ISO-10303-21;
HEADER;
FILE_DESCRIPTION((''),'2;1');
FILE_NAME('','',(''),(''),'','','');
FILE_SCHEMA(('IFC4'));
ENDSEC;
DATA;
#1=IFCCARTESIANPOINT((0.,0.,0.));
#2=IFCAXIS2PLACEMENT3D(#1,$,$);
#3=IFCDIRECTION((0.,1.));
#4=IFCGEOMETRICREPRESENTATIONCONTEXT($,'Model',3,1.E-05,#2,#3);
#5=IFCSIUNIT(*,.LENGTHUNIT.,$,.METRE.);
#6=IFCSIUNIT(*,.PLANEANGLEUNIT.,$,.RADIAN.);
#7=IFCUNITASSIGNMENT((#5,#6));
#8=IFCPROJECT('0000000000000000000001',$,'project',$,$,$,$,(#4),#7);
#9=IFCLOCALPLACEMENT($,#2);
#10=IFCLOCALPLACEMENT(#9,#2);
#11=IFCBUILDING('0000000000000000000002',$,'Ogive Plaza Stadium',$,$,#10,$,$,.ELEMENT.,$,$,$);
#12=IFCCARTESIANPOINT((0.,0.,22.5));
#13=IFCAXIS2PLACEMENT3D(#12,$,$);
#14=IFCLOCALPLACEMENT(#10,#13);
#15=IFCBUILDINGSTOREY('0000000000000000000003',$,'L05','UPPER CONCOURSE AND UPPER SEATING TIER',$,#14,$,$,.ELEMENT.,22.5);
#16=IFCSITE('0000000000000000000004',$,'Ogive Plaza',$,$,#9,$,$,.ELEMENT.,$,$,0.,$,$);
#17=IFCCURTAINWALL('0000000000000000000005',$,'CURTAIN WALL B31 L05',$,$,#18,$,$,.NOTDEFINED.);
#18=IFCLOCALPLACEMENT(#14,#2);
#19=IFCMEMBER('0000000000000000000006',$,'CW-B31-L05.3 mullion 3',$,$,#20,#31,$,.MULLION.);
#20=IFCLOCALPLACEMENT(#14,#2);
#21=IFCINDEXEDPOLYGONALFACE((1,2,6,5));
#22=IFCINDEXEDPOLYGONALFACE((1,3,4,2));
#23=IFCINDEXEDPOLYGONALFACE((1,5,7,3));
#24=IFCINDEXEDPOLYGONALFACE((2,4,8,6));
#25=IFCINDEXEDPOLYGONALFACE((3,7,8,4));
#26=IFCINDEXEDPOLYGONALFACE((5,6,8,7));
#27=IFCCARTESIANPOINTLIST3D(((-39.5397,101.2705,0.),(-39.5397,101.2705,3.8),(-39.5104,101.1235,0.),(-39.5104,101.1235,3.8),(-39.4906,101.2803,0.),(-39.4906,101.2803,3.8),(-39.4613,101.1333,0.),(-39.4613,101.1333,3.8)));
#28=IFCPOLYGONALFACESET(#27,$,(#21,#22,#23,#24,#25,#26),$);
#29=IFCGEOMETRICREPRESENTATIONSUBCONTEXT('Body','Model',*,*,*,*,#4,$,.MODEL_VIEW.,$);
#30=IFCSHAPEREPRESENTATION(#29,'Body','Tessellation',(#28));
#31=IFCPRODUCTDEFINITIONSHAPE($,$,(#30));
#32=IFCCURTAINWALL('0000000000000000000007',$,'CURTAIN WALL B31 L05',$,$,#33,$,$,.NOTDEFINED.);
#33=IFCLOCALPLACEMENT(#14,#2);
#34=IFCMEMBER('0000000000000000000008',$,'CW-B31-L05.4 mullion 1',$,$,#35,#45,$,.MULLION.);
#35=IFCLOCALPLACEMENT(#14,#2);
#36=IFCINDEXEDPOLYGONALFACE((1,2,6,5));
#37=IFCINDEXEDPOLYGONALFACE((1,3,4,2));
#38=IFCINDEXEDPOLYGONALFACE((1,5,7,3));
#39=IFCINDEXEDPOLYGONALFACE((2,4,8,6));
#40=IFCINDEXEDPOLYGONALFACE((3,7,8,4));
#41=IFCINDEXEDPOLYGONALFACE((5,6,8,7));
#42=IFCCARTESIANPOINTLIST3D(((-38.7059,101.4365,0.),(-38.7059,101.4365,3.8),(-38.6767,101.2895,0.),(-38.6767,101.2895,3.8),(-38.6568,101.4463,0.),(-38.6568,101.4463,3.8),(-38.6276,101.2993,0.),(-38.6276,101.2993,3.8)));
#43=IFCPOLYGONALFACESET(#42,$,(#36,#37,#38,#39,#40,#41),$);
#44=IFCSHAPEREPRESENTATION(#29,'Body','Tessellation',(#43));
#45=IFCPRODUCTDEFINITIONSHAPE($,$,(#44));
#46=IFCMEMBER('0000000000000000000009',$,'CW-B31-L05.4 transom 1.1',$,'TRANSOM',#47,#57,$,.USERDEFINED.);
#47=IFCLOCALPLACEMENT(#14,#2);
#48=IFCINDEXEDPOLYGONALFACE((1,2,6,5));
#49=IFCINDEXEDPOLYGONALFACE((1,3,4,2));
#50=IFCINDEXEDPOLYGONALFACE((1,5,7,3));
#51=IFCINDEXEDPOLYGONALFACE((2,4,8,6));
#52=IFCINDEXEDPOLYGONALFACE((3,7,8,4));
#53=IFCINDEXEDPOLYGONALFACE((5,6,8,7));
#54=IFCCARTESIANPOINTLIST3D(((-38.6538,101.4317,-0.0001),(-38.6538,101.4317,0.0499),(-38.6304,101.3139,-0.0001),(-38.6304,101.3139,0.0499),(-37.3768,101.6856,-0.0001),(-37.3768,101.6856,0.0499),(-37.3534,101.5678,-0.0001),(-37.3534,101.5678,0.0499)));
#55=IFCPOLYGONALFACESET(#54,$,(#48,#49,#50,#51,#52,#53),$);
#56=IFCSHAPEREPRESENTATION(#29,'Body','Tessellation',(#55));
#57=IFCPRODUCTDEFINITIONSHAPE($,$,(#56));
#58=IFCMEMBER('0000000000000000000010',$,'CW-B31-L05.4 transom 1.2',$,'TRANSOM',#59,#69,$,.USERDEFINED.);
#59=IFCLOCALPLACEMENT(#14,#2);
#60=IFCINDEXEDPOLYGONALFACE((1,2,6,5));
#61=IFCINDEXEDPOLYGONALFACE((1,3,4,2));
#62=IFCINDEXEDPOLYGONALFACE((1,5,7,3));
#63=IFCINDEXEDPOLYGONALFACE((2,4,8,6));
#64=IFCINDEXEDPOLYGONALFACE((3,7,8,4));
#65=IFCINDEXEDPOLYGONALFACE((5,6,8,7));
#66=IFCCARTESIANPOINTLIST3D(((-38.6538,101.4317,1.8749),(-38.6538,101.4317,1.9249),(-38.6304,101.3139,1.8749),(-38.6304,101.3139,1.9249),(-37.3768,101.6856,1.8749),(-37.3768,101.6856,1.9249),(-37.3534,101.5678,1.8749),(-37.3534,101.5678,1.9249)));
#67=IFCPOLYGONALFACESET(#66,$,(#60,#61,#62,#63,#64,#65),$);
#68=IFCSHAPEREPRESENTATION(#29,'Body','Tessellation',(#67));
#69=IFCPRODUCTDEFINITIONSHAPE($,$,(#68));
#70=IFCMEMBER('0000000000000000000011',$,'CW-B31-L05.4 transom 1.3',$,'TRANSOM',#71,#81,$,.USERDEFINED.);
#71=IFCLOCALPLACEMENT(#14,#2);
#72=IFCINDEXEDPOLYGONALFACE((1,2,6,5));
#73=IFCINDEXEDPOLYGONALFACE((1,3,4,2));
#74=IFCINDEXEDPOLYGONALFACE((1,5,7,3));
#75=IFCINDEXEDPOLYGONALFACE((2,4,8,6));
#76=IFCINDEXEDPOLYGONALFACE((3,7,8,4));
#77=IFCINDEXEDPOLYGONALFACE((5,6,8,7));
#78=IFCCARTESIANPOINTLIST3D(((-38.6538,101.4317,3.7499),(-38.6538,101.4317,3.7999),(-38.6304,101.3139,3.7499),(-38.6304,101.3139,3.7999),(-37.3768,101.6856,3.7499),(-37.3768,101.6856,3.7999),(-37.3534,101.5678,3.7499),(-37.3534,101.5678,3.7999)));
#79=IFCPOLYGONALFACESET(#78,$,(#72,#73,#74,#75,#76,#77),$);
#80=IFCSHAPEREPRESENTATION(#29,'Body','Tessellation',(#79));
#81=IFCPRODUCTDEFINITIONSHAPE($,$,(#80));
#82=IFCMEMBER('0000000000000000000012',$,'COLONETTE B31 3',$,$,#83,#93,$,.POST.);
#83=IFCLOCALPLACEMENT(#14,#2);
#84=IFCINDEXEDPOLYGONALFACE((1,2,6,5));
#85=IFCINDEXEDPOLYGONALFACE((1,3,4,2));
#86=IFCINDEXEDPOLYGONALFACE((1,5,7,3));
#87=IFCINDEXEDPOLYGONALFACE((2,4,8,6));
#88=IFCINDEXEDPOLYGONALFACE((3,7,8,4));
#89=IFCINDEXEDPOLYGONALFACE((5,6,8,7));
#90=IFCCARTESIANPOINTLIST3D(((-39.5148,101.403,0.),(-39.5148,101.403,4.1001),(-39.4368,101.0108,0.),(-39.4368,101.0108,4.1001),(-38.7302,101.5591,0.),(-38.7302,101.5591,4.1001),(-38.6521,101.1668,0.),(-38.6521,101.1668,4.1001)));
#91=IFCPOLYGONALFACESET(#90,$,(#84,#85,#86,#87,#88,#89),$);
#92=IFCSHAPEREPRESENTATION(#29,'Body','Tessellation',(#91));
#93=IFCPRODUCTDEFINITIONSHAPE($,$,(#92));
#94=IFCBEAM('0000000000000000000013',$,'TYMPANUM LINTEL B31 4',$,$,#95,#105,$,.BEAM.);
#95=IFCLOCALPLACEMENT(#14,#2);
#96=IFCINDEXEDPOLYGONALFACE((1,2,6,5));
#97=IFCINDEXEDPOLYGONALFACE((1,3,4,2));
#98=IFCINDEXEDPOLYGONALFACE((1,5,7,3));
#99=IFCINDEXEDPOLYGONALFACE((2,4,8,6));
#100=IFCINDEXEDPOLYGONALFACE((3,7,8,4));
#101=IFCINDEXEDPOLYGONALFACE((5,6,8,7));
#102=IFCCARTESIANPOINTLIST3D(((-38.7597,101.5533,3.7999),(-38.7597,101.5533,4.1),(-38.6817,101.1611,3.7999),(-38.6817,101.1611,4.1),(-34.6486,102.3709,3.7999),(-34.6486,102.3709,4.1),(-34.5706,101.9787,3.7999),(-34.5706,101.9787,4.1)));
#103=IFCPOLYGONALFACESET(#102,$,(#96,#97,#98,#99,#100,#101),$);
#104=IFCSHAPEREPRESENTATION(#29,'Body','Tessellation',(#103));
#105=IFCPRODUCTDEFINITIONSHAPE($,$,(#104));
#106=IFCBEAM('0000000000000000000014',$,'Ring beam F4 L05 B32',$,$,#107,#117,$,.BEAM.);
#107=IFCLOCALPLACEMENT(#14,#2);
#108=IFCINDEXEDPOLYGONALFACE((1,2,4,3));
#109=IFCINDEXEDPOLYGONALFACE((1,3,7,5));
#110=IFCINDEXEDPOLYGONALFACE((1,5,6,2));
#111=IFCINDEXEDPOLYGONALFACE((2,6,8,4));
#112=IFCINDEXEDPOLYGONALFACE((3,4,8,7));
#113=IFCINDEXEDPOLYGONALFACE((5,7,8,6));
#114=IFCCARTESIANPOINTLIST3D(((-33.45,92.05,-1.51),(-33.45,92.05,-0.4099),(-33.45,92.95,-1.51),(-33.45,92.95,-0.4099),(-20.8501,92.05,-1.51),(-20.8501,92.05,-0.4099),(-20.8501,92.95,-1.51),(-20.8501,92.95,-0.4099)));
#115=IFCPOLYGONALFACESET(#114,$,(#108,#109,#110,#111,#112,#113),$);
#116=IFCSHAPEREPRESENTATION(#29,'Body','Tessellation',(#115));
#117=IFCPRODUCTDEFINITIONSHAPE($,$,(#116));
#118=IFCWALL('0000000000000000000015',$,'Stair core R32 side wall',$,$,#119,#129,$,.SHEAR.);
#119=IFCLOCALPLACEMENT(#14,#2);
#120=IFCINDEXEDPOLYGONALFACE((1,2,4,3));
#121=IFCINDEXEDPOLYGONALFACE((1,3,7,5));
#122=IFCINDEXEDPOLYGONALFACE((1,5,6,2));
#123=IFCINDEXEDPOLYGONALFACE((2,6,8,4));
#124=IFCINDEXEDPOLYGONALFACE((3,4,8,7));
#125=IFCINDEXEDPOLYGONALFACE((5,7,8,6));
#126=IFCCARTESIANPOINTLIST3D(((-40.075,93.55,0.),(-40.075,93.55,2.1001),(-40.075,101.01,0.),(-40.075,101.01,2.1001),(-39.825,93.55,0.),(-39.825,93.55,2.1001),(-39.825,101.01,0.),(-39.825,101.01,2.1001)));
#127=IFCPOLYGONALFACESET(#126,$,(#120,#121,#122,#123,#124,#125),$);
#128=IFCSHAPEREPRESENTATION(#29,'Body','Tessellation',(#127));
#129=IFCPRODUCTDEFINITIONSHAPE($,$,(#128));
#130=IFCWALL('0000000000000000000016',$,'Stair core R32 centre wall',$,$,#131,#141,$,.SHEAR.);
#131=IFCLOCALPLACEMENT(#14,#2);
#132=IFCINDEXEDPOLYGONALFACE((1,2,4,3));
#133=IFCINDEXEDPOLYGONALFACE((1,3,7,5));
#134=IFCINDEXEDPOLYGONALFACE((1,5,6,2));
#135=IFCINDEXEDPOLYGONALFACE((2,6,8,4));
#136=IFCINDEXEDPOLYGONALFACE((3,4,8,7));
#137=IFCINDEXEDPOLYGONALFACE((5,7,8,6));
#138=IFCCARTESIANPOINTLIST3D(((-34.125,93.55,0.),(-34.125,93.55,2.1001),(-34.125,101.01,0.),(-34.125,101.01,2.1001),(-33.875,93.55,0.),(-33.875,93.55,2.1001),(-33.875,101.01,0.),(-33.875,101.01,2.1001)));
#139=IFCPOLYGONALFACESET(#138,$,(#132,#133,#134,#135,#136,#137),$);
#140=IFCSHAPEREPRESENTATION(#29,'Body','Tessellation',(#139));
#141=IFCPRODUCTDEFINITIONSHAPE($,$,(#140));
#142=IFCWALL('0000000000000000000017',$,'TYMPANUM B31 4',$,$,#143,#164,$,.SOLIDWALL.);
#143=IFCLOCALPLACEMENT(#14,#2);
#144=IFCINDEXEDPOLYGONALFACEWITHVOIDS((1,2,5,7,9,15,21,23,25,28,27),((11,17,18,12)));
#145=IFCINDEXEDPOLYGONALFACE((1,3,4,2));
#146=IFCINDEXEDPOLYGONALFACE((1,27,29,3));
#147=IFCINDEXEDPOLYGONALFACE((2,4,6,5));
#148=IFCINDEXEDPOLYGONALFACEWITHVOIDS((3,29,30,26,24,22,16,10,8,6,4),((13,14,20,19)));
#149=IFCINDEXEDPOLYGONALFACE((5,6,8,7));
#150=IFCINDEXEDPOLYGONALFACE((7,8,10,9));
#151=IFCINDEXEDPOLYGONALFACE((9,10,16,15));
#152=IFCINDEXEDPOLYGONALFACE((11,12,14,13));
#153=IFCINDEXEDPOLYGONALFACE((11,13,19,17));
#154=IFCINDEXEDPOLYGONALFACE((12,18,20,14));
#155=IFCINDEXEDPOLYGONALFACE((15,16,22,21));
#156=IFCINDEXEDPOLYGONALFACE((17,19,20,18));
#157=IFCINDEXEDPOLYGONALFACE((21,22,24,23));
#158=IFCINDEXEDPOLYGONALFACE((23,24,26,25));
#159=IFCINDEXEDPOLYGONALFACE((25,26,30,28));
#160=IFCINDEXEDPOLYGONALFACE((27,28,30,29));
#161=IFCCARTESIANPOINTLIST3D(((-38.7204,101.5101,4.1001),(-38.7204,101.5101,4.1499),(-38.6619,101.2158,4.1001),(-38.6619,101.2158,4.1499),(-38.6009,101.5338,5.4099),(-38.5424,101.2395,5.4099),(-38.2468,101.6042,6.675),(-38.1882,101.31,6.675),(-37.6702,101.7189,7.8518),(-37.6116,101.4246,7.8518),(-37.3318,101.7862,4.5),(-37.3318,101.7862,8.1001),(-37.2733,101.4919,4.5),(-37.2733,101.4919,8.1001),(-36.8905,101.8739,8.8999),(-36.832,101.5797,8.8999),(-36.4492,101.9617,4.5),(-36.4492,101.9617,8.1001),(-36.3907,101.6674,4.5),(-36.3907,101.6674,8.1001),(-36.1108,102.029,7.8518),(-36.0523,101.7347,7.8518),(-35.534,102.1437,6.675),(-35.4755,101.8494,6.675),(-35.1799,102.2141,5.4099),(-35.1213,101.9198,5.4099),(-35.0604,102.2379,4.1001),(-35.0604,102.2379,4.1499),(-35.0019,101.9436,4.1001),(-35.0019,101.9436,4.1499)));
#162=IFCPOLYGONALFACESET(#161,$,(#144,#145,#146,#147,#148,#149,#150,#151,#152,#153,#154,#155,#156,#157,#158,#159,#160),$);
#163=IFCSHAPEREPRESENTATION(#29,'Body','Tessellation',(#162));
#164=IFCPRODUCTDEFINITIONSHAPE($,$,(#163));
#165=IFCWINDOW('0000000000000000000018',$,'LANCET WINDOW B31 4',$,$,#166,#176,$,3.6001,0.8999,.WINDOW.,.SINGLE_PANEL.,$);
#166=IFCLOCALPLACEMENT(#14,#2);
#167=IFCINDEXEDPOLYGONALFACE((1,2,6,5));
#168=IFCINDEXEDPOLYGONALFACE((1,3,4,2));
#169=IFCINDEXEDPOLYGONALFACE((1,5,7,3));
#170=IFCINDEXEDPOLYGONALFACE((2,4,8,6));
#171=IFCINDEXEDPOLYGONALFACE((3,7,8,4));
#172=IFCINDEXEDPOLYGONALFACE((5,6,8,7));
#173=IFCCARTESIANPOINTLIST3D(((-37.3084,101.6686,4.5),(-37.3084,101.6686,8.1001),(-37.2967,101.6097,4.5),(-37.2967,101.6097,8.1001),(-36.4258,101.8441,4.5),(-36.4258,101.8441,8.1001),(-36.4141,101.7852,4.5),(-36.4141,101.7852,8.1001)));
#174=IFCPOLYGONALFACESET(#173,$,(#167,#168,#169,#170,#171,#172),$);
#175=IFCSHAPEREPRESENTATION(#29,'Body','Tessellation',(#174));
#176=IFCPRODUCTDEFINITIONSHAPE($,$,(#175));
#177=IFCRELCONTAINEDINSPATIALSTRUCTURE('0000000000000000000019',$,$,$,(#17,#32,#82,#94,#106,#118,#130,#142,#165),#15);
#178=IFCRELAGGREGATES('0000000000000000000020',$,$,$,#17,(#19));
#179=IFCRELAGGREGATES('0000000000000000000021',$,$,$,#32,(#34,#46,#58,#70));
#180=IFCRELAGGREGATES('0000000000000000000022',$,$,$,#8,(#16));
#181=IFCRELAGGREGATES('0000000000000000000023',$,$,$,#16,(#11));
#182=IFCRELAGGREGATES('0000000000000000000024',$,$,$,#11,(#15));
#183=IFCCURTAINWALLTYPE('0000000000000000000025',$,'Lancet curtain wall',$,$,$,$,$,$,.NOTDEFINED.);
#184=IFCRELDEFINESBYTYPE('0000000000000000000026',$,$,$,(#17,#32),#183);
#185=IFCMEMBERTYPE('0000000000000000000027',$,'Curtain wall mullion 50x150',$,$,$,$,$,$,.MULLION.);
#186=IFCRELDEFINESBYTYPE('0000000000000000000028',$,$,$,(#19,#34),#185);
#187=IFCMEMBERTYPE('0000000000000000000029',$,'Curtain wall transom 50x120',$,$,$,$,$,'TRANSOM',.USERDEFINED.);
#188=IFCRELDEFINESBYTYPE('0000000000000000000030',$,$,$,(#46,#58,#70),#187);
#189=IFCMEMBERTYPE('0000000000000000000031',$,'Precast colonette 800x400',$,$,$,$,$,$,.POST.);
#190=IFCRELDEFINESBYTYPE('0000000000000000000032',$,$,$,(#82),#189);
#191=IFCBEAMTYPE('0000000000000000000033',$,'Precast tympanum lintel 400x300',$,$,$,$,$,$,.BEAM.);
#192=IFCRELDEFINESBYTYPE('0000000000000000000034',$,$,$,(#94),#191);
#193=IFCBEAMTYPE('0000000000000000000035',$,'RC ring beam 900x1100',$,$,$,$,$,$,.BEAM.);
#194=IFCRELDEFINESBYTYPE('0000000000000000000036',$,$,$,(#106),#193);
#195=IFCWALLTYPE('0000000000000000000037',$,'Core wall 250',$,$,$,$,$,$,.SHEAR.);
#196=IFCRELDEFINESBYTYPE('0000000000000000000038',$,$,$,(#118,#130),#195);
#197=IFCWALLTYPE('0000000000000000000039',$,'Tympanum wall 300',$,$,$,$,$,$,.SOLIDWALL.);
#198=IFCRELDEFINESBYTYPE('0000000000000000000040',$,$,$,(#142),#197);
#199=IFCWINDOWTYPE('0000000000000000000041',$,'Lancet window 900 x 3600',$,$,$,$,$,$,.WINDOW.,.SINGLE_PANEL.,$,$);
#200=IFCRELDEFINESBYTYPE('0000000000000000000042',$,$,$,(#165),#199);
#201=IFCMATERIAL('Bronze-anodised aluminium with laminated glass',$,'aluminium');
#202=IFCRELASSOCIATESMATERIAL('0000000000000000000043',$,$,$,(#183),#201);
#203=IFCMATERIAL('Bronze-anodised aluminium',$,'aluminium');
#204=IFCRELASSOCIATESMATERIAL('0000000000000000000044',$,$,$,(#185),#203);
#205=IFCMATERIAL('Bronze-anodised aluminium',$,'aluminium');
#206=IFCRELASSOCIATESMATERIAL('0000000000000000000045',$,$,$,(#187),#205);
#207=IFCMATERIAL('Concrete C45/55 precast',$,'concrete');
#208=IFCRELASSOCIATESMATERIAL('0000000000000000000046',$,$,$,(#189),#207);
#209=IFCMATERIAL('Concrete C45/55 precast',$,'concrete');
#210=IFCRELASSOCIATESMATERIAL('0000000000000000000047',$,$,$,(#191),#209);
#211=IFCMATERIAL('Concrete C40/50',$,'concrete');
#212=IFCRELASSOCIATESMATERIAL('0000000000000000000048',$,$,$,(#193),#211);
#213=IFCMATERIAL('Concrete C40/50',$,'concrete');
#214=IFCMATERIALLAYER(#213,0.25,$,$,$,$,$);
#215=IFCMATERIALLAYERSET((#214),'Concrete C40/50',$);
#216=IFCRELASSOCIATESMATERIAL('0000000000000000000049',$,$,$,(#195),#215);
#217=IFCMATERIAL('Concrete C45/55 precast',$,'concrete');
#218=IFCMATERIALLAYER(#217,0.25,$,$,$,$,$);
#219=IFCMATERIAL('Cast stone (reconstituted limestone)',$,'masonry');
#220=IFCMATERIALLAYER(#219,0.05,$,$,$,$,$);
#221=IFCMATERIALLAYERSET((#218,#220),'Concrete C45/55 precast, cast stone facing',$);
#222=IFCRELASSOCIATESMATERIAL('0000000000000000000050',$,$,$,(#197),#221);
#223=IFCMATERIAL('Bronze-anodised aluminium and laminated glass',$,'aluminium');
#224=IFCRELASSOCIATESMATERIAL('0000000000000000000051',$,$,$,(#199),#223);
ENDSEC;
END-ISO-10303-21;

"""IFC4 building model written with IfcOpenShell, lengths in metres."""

from ifc_helpers import new_model, si_unit, direction, frame, frame_2d, origin, origin_2d, place, context, subcontext, project, spatial, polyline, rectangle, outline, extrude, material, layer, layer_set, material_profile, profile_set, type_object, element, fill, aggregate, save


model = new_model("IFC4")

# Units and contexts
model_context = context("Model", 3, precision=1e-05, world=origin(), true_north=direction((0.0, 1.0)))
body_context = subcontext(model_context, "Body", "Model", "MODEL_VIEW")
ifc_project = project(units=[si_unit("LENGTHUNIT", "METRE"), si_unit("PLANEANGLEUNIT", "RADIAN")], contexts=[model_context])

# Site, building, storey
site_placement = place(None, origin())
site = spatial("IfcSite", under=ifc_project, at=site_placement, Name="Ogive Plaza", CompositionType="ELEMENT", RefElevation=0.0)
building_placement = place(site_placement, origin())
building = spatial("IfcBuilding", under=site, at=building_placement, Name="Ogive Plaza Stadium", CompositionType="ELEMENT")
storey_placement = place(building_placement, frame((0.0, 0.0, 22.5)))
storey = spatial("IfcBuildingStorey", under=building, at=storey_placement, Name="L05", Description="UPPER CONCOURSE AND UPPER SEATING TIER", CompositionType="ELEMENT", Elevation=22.5)

# Curtain wall, member
ifc_material_1 = material(Name="Bronze-anodised aluminium with laminated glass", Category="aluminium")
curtain_wall_type = type_object("IfcCurtainWallType", Name="Lancet curtain wall", PredefinedType="NOTDEFINED", material=ifc_material_1)
curtain_wall_1_placement = place(storey_placement, origin())
curtain_wall_1 = element("IfcCurtainWall", 1, at=curtain_wall_1_placement, inside=storey, type_object=curtain_wall_type, Name="CURTAIN WALL B31 L05", PredefinedType="NOTDEFINED")
ifc_material_2 = material(Name="Bronze-anodised aluminium", Category="aluminium")
ifc_material_profile_1 = material_profile(ifc_material_2, rectangle(XDim=0.1499, YDim=0.05, at=origin_2d()), Name="AL 150x50")
ifc_profile_set_1 = profile_set([ifc_material_profile_1], Name="Bronze-anodised aluminium")
member_type_1 = type_object("IfcMemberType", Name="Curtain wall mullion 50x150", PredefinedType="MULLION", material=ifc_profile_set_1)
member_1_placement = place(storey_placement, frame((-39.5005, 101.2019, 0.0), z_axis=(0.0, 0.0, 1.0), x_axis=(-0.19509, 0.980785, 0.0)))
member_1 = element("IfcMember", 2, at=member_1_placement, type_object=member_type_1, Name="CW-B31-L05.3 mullion 3", PredefinedType="MULLION", context=body_context, shape_type="SweptSolid", body=[
    extrude(rectangle(XDim=0.1499, YDim=0.05, at=origin_2d()), origin(), (0.0, 0.0, 1.0), 3.8),
])
aggregate(curtain_wall_1, [member_1])

# Curtain wall, members
curtain_wall_2_placement = place(storey_placement, origin())
curtain_wall_2 = element("IfcCurtainWall", 3, at=curtain_wall_2_placement, inside=storey, type_object=curtain_wall_type, Name="CURTAIN WALL B31 L05", PredefinedType="NOTDEFINED")
member_2_placement = place(storey_placement, frame((-38.6667, 101.3679, 0.0), z_axis=(0.0, 0.0, 1.0), x_axis=(-0.19509, 0.980785, 0.0)))
member_2 = element("IfcMember", 4, at=member_2_placement, type_object=member_type_1, Name="CW-B31-L05.4 mullion 1", PredefinedType="MULLION", context=body_context, shape_type="SweptSolid", body=[
    extrude(rectangle(XDim=0.1499, YDim=0.05, at=origin_2d()), origin(), (0.0, 0.0, 1.0), 3.8),
])
ifc_material_3 = material(Name="Bronze-anodised aluminium", Category="aluminium")
ifc_material_profile_2 = material_profile(ifc_material_3, rectangle(XDim=0.1201, YDim=0.05, at=origin_2d()), Name="AL 120x50")
ifc_profile_set_2 = profile_set([ifc_material_profile_2], Name="Bronze-anodised aluminium")
member_type_2 = type_object("IfcMemberType", Name="Curtain wall transom 50x120", ElementType="TRANSOM", PredefinedType="USERDEFINED", material=ifc_profile_set_2)
member_3_placement = place(storey_placement, frame((-38.6421, 101.3728, 0.0249), z_axis=(0.980804, 0.194998, 0.0), x_axis=(-0.194998, 0.980804, 0.0)))
member_3 = element("IfcMember", 5, at=member_3_placement, type_object=member_type_2, Name="CW-B31-L05.4 transom 1.1", ObjectType="TRANSOM", PredefinedType="USERDEFINED", context=body_context, shape_type="SweptSolid", body=[
    extrude(rectangle(XDim=0.1201, YDim=0.05, at=origin_2d()), origin(), (0.0, 0.0, 1.0), 1.302),
])
member_4_placement = place(storey_placement, frame((-38.6421, 101.3728, 1.8999), z_axis=(0.980804, 0.194998, 0.0), x_axis=(-0.194998, 0.980804, 0.0)))
member_4 = element("IfcMember", 6, at=member_4_placement, type_object=member_type_2, Name="CW-B31-L05.4 transom 1.2", ObjectType="TRANSOM", PredefinedType="USERDEFINED", context=body_context, shape_type="SweptSolid", body=[
    extrude(rectangle(XDim=0.1201, YDim=0.05, at=origin_2d()), origin(), (0.0, 0.0, 1.0), 1.302),
])
member_5_placement = place(storey_placement, frame((-38.6421, 101.3728, 3.7749), z_axis=(0.980804, 0.194998, 0.0), x_axis=(-0.194998, 0.980804, 0.0)))
member_5 = element("IfcMember", 7, at=member_5_placement, type_object=member_type_2, Name="CW-B31-L05.4 transom 1.3", ObjectType="TRANSOM", PredefinedType="USERDEFINED", context=body_context, shape_type="SweptSolid", body=[
    extrude(rectangle(XDim=0.1201, YDim=0.05, at=origin_2d()), origin(), (0.0, 0.0, 1.0), 1.302),
])
aggregate(curtain_wall_2, [member_2, member_3, member_4, member_5])

# Member
ifc_material_4 = material(Name="Concrete C45/55 precast", Category="concrete")
ifc_material_profile_3 = material_profile(ifc_material_4, rectangle(XDim=0.3999, YDim=0.8, at=origin_2d()), Name="RC 400x800")
ifc_profile_set_3 = profile_set([ifc_material_profile_3], Name="Concrete C45/55 precast")
member_type_3 = type_object("IfcMemberType", Name="Precast colonette 800x400", PredefinedType="POST", material=ifc_profile_set_3)
member_6_placement = place(storey_placement, frame((-39.0835, 101.2849, 0.0), z_axis=(0.0, 0.0, 1.0), x_axis=(-0.19509, 0.980785, 0.0)))
element("IfcMember", 8, at=member_6_placement, inside=storey, type_object=member_type_3, Name="COLONETTE B31 3", PredefinedType="POST", context=body_context, shape_type="SweptSolid", body=[
    extrude(rectangle(XDim=0.3999, YDim=0.8, at=origin_2d()), origin(), (0.0, 0.0, 1.0), 4.1001),
])

# Beams
ifc_material_5 = material(Name="Concrete C45/55 precast", Category="concrete")
ifc_material_profile_4 = material_profile(ifc_material_5, rectangle(XDim=0.3999, YDim=0.3, at=origin_2d()), Name="RC 400x300")
ifc_profile_set_4 = profile_set([ifc_material_profile_4], Name="Concrete C45/55 precast")
beam_type_1 = type_object("IfcBeamType", Name="Precast tympanum lintel 400x300", PredefinedType="BEAM", material=ifc_profile_set_4)
beam_1_placement = place(storey_placement, frame((-38.7207, 101.3572, 3.95), z_axis=(0.980791, 0.195063, 0.0), x_axis=(-0.195063, 0.980791, 0.0)))
element("IfcBeam", 9, at=beam_1_placement, inside=storey, type_object=beam_type_1, Name="TYMPANUM LINTEL B31 4", PredefinedType="BEAM", context=body_context, shape_type="SweptSolid", body=[
    extrude(rectangle(XDim=0.3999, YDim=0.3, at=origin_2d()), origin(), (0.0, 0.0, 1.0), 4.1917),
])
ifc_material_6 = material(Name="Concrete C40/50", Category="concrete")
ifc_material_profile_5 = material_profile(ifc_material_6, rectangle(XDim=0.8999, YDim=1.1001, at=origin_2d()), Name="RC 900x1100")
ifc_profile_set_5 = profile_set([ifc_material_profile_5], Name="Concrete C40/50")
beam_type_2 = type_object("IfcBeamType", Name="RC ring beam 900x1100", PredefinedType="BEAM", material=ifc_profile_set_5)
beam_2_placement = place(storey_placement, frame((-33.45, 92.5, -0.96), z_axis=(1.0, 0.0, 0.0), x_axis=(0.0, 1.0, 0.0)))
element("IfcBeam", 10, at=beam_2_placement, inside=storey, type_object=beam_type_2, Name="Ring beam F4 L05 B32", PredefinedType="BEAM", context=body_context, shape_type="SweptSolid", body=[
    extrude(rectangle(XDim=0.8999, YDim=1.1001, at=origin_2d()), origin(), (0.0, 0.0, 1.0), 12.5999),
])

# Walls
ifc_material_7 = material(Name="Concrete C40/50", Category="concrete")
ifc_layer_1 = layer(ifc_material_7, 0.25)
ifc_layer_set_1 = layer_set([ifc_layer_1], Name="Concrete C40/50")
wall_type_1 = type_object("IfcWallType", Name="Core wall 250", PredefinedType="SHEAR", material=ifc_layer_set_1)
for number, where, z_axis, x_axis, name in (
    (11, (-39.95, 93.55, 0.0), (0.0, 0.0, 1.0), (0.0, 1.0, 0.0), "Stair core R32 side wall"),
    (12, (-34.0, 93.55, 0.0), (0.0, 0.0, 1.0), (0.0, 1.0, 0.0), "Stair core R32 centre wall"),
):
    element("IfcWall", number, at=place(storey_placement, frame(where, z_axis=z_axis, x_axis=x_axis)), inside=storey, type_object=wall_type_1, Name=name, PredefinedType="SHEAR", context=body_context, shape_type="SweptSolid", body=[
        extrude(rectangle(XDim=7.46, YDim=0.25, at=frame_2d((3.73, 0.0))), origin(), (0.0, 0.0, 1.0), 2.1001),
    ])

# Wall, opening, window
ifc_material_8 = material(Name="Concrete C45/55 precast", Category="concrete")
ifc_layer_2 = layer(ifc_material_8, 0.25)
ifc_material_9 = material(Name="Cast stone (reconstituted limestone)", Category="masonry")
ifc_layer_3 = layer(ifc_material_9, 0.05)
ifc_layer_set_2 = layer_set([ifc_layer_2, ifc_layer_3], Name="Concrete C45/55 precast, cast stone facing")
wall_type_2 = type_object("IfcWallType", Name="Tympanum wall 300", PredefinedType="SOLIDWALL", material=ifc_layer_set_2)
wall_placement = place(storey_placement, frame((-38.6912, 101.363, 4.1001), z_axis=(0.0, 0.0, 1.0), x_axis=(0.980796, 0.195034, 0.0)))
wall = element("IfcWall", 13, at=wall_placement, inside=storey, type_object=wall_type_2, Name="TYMPANUM B31 4", PredefinedType="SOLIDWALL", context=body_context, shape_type="SweptSolid", body=[
    extrude(outline(polyline([(0.0, 0.0), (3.7317, 0.0), (3.7317, 0.0498), (3.6099, 1.3098), (3.2488, 2.575), (2.6606, 3.7517), (1.8657, 4.7998), (1.0708, 3.7517), (0.4829, 2.575), (0.1218, 1.3098), (0.0, 0.0498), (0.0, 0.0)])), frame((0.0, 0.1499, 0.0), z_axis=(0.0, -1.0, 0.0), x_axis=(1.0, 0.0, 0.0)), (0.0, 0.0, 1.0), 0.3),
])
opening_placement = place(wall_placement, frame((1.4158, 0.0, 0.3999)))
opening = element("IfcOpeningElement", 14, at=opening_placement, cuts=wall, PredefinedType="OPENING", context=body_context, shape_type="SweptSolid", body=[
    extrude(rectangle(XDim=0.8999, YDim=3.6001, at=frame_2d((0.45, 1.8))), frame((0.0, 0.1602, 0.0), z_axis=(0.0, -1.0, 0.0), x_axis=(1.0, 0.0, 0.0)), (0.0, 0.0, 1.0), 0.3201),
])
ifc_material_10 = material(Name="Bronze-anodised aluminium and laminated glass", Category="aluminium")
window_type = type_object("IfcWindowType", Name="Lancet window 900 x 3600", PartitioningType="SINGLE_PANEL", PredefinedType="WINDOW", material=ifc_material_10)
window_placement = place(opening_placement, origin())
window = element("IfcWindow", 15, at=window_placement, inside=storey, type_object=window_type, Name="LANCET WINDOW B31 4", OverallHeight=3.6001, OverallWidth=0.8999, PartitioningType="SINGLE_PANEL", PredefinedType="WINDOW", context=body_context, shape_type="SweptSolid", body=[
    extrude(rectangle(XDim=0.8999, YDim=3.6001, at=frame_2d((0.45, 1.8))), frame((0.0, 0.03, 0.0), z_axis=(0.0, -1.0, 0.0), x_axis=(1.0, 0.0, 0.0)), (0.0, 0.0, 1.0), 0.0601),
])
fill(opening, window)

save(model, "model.ifc")
